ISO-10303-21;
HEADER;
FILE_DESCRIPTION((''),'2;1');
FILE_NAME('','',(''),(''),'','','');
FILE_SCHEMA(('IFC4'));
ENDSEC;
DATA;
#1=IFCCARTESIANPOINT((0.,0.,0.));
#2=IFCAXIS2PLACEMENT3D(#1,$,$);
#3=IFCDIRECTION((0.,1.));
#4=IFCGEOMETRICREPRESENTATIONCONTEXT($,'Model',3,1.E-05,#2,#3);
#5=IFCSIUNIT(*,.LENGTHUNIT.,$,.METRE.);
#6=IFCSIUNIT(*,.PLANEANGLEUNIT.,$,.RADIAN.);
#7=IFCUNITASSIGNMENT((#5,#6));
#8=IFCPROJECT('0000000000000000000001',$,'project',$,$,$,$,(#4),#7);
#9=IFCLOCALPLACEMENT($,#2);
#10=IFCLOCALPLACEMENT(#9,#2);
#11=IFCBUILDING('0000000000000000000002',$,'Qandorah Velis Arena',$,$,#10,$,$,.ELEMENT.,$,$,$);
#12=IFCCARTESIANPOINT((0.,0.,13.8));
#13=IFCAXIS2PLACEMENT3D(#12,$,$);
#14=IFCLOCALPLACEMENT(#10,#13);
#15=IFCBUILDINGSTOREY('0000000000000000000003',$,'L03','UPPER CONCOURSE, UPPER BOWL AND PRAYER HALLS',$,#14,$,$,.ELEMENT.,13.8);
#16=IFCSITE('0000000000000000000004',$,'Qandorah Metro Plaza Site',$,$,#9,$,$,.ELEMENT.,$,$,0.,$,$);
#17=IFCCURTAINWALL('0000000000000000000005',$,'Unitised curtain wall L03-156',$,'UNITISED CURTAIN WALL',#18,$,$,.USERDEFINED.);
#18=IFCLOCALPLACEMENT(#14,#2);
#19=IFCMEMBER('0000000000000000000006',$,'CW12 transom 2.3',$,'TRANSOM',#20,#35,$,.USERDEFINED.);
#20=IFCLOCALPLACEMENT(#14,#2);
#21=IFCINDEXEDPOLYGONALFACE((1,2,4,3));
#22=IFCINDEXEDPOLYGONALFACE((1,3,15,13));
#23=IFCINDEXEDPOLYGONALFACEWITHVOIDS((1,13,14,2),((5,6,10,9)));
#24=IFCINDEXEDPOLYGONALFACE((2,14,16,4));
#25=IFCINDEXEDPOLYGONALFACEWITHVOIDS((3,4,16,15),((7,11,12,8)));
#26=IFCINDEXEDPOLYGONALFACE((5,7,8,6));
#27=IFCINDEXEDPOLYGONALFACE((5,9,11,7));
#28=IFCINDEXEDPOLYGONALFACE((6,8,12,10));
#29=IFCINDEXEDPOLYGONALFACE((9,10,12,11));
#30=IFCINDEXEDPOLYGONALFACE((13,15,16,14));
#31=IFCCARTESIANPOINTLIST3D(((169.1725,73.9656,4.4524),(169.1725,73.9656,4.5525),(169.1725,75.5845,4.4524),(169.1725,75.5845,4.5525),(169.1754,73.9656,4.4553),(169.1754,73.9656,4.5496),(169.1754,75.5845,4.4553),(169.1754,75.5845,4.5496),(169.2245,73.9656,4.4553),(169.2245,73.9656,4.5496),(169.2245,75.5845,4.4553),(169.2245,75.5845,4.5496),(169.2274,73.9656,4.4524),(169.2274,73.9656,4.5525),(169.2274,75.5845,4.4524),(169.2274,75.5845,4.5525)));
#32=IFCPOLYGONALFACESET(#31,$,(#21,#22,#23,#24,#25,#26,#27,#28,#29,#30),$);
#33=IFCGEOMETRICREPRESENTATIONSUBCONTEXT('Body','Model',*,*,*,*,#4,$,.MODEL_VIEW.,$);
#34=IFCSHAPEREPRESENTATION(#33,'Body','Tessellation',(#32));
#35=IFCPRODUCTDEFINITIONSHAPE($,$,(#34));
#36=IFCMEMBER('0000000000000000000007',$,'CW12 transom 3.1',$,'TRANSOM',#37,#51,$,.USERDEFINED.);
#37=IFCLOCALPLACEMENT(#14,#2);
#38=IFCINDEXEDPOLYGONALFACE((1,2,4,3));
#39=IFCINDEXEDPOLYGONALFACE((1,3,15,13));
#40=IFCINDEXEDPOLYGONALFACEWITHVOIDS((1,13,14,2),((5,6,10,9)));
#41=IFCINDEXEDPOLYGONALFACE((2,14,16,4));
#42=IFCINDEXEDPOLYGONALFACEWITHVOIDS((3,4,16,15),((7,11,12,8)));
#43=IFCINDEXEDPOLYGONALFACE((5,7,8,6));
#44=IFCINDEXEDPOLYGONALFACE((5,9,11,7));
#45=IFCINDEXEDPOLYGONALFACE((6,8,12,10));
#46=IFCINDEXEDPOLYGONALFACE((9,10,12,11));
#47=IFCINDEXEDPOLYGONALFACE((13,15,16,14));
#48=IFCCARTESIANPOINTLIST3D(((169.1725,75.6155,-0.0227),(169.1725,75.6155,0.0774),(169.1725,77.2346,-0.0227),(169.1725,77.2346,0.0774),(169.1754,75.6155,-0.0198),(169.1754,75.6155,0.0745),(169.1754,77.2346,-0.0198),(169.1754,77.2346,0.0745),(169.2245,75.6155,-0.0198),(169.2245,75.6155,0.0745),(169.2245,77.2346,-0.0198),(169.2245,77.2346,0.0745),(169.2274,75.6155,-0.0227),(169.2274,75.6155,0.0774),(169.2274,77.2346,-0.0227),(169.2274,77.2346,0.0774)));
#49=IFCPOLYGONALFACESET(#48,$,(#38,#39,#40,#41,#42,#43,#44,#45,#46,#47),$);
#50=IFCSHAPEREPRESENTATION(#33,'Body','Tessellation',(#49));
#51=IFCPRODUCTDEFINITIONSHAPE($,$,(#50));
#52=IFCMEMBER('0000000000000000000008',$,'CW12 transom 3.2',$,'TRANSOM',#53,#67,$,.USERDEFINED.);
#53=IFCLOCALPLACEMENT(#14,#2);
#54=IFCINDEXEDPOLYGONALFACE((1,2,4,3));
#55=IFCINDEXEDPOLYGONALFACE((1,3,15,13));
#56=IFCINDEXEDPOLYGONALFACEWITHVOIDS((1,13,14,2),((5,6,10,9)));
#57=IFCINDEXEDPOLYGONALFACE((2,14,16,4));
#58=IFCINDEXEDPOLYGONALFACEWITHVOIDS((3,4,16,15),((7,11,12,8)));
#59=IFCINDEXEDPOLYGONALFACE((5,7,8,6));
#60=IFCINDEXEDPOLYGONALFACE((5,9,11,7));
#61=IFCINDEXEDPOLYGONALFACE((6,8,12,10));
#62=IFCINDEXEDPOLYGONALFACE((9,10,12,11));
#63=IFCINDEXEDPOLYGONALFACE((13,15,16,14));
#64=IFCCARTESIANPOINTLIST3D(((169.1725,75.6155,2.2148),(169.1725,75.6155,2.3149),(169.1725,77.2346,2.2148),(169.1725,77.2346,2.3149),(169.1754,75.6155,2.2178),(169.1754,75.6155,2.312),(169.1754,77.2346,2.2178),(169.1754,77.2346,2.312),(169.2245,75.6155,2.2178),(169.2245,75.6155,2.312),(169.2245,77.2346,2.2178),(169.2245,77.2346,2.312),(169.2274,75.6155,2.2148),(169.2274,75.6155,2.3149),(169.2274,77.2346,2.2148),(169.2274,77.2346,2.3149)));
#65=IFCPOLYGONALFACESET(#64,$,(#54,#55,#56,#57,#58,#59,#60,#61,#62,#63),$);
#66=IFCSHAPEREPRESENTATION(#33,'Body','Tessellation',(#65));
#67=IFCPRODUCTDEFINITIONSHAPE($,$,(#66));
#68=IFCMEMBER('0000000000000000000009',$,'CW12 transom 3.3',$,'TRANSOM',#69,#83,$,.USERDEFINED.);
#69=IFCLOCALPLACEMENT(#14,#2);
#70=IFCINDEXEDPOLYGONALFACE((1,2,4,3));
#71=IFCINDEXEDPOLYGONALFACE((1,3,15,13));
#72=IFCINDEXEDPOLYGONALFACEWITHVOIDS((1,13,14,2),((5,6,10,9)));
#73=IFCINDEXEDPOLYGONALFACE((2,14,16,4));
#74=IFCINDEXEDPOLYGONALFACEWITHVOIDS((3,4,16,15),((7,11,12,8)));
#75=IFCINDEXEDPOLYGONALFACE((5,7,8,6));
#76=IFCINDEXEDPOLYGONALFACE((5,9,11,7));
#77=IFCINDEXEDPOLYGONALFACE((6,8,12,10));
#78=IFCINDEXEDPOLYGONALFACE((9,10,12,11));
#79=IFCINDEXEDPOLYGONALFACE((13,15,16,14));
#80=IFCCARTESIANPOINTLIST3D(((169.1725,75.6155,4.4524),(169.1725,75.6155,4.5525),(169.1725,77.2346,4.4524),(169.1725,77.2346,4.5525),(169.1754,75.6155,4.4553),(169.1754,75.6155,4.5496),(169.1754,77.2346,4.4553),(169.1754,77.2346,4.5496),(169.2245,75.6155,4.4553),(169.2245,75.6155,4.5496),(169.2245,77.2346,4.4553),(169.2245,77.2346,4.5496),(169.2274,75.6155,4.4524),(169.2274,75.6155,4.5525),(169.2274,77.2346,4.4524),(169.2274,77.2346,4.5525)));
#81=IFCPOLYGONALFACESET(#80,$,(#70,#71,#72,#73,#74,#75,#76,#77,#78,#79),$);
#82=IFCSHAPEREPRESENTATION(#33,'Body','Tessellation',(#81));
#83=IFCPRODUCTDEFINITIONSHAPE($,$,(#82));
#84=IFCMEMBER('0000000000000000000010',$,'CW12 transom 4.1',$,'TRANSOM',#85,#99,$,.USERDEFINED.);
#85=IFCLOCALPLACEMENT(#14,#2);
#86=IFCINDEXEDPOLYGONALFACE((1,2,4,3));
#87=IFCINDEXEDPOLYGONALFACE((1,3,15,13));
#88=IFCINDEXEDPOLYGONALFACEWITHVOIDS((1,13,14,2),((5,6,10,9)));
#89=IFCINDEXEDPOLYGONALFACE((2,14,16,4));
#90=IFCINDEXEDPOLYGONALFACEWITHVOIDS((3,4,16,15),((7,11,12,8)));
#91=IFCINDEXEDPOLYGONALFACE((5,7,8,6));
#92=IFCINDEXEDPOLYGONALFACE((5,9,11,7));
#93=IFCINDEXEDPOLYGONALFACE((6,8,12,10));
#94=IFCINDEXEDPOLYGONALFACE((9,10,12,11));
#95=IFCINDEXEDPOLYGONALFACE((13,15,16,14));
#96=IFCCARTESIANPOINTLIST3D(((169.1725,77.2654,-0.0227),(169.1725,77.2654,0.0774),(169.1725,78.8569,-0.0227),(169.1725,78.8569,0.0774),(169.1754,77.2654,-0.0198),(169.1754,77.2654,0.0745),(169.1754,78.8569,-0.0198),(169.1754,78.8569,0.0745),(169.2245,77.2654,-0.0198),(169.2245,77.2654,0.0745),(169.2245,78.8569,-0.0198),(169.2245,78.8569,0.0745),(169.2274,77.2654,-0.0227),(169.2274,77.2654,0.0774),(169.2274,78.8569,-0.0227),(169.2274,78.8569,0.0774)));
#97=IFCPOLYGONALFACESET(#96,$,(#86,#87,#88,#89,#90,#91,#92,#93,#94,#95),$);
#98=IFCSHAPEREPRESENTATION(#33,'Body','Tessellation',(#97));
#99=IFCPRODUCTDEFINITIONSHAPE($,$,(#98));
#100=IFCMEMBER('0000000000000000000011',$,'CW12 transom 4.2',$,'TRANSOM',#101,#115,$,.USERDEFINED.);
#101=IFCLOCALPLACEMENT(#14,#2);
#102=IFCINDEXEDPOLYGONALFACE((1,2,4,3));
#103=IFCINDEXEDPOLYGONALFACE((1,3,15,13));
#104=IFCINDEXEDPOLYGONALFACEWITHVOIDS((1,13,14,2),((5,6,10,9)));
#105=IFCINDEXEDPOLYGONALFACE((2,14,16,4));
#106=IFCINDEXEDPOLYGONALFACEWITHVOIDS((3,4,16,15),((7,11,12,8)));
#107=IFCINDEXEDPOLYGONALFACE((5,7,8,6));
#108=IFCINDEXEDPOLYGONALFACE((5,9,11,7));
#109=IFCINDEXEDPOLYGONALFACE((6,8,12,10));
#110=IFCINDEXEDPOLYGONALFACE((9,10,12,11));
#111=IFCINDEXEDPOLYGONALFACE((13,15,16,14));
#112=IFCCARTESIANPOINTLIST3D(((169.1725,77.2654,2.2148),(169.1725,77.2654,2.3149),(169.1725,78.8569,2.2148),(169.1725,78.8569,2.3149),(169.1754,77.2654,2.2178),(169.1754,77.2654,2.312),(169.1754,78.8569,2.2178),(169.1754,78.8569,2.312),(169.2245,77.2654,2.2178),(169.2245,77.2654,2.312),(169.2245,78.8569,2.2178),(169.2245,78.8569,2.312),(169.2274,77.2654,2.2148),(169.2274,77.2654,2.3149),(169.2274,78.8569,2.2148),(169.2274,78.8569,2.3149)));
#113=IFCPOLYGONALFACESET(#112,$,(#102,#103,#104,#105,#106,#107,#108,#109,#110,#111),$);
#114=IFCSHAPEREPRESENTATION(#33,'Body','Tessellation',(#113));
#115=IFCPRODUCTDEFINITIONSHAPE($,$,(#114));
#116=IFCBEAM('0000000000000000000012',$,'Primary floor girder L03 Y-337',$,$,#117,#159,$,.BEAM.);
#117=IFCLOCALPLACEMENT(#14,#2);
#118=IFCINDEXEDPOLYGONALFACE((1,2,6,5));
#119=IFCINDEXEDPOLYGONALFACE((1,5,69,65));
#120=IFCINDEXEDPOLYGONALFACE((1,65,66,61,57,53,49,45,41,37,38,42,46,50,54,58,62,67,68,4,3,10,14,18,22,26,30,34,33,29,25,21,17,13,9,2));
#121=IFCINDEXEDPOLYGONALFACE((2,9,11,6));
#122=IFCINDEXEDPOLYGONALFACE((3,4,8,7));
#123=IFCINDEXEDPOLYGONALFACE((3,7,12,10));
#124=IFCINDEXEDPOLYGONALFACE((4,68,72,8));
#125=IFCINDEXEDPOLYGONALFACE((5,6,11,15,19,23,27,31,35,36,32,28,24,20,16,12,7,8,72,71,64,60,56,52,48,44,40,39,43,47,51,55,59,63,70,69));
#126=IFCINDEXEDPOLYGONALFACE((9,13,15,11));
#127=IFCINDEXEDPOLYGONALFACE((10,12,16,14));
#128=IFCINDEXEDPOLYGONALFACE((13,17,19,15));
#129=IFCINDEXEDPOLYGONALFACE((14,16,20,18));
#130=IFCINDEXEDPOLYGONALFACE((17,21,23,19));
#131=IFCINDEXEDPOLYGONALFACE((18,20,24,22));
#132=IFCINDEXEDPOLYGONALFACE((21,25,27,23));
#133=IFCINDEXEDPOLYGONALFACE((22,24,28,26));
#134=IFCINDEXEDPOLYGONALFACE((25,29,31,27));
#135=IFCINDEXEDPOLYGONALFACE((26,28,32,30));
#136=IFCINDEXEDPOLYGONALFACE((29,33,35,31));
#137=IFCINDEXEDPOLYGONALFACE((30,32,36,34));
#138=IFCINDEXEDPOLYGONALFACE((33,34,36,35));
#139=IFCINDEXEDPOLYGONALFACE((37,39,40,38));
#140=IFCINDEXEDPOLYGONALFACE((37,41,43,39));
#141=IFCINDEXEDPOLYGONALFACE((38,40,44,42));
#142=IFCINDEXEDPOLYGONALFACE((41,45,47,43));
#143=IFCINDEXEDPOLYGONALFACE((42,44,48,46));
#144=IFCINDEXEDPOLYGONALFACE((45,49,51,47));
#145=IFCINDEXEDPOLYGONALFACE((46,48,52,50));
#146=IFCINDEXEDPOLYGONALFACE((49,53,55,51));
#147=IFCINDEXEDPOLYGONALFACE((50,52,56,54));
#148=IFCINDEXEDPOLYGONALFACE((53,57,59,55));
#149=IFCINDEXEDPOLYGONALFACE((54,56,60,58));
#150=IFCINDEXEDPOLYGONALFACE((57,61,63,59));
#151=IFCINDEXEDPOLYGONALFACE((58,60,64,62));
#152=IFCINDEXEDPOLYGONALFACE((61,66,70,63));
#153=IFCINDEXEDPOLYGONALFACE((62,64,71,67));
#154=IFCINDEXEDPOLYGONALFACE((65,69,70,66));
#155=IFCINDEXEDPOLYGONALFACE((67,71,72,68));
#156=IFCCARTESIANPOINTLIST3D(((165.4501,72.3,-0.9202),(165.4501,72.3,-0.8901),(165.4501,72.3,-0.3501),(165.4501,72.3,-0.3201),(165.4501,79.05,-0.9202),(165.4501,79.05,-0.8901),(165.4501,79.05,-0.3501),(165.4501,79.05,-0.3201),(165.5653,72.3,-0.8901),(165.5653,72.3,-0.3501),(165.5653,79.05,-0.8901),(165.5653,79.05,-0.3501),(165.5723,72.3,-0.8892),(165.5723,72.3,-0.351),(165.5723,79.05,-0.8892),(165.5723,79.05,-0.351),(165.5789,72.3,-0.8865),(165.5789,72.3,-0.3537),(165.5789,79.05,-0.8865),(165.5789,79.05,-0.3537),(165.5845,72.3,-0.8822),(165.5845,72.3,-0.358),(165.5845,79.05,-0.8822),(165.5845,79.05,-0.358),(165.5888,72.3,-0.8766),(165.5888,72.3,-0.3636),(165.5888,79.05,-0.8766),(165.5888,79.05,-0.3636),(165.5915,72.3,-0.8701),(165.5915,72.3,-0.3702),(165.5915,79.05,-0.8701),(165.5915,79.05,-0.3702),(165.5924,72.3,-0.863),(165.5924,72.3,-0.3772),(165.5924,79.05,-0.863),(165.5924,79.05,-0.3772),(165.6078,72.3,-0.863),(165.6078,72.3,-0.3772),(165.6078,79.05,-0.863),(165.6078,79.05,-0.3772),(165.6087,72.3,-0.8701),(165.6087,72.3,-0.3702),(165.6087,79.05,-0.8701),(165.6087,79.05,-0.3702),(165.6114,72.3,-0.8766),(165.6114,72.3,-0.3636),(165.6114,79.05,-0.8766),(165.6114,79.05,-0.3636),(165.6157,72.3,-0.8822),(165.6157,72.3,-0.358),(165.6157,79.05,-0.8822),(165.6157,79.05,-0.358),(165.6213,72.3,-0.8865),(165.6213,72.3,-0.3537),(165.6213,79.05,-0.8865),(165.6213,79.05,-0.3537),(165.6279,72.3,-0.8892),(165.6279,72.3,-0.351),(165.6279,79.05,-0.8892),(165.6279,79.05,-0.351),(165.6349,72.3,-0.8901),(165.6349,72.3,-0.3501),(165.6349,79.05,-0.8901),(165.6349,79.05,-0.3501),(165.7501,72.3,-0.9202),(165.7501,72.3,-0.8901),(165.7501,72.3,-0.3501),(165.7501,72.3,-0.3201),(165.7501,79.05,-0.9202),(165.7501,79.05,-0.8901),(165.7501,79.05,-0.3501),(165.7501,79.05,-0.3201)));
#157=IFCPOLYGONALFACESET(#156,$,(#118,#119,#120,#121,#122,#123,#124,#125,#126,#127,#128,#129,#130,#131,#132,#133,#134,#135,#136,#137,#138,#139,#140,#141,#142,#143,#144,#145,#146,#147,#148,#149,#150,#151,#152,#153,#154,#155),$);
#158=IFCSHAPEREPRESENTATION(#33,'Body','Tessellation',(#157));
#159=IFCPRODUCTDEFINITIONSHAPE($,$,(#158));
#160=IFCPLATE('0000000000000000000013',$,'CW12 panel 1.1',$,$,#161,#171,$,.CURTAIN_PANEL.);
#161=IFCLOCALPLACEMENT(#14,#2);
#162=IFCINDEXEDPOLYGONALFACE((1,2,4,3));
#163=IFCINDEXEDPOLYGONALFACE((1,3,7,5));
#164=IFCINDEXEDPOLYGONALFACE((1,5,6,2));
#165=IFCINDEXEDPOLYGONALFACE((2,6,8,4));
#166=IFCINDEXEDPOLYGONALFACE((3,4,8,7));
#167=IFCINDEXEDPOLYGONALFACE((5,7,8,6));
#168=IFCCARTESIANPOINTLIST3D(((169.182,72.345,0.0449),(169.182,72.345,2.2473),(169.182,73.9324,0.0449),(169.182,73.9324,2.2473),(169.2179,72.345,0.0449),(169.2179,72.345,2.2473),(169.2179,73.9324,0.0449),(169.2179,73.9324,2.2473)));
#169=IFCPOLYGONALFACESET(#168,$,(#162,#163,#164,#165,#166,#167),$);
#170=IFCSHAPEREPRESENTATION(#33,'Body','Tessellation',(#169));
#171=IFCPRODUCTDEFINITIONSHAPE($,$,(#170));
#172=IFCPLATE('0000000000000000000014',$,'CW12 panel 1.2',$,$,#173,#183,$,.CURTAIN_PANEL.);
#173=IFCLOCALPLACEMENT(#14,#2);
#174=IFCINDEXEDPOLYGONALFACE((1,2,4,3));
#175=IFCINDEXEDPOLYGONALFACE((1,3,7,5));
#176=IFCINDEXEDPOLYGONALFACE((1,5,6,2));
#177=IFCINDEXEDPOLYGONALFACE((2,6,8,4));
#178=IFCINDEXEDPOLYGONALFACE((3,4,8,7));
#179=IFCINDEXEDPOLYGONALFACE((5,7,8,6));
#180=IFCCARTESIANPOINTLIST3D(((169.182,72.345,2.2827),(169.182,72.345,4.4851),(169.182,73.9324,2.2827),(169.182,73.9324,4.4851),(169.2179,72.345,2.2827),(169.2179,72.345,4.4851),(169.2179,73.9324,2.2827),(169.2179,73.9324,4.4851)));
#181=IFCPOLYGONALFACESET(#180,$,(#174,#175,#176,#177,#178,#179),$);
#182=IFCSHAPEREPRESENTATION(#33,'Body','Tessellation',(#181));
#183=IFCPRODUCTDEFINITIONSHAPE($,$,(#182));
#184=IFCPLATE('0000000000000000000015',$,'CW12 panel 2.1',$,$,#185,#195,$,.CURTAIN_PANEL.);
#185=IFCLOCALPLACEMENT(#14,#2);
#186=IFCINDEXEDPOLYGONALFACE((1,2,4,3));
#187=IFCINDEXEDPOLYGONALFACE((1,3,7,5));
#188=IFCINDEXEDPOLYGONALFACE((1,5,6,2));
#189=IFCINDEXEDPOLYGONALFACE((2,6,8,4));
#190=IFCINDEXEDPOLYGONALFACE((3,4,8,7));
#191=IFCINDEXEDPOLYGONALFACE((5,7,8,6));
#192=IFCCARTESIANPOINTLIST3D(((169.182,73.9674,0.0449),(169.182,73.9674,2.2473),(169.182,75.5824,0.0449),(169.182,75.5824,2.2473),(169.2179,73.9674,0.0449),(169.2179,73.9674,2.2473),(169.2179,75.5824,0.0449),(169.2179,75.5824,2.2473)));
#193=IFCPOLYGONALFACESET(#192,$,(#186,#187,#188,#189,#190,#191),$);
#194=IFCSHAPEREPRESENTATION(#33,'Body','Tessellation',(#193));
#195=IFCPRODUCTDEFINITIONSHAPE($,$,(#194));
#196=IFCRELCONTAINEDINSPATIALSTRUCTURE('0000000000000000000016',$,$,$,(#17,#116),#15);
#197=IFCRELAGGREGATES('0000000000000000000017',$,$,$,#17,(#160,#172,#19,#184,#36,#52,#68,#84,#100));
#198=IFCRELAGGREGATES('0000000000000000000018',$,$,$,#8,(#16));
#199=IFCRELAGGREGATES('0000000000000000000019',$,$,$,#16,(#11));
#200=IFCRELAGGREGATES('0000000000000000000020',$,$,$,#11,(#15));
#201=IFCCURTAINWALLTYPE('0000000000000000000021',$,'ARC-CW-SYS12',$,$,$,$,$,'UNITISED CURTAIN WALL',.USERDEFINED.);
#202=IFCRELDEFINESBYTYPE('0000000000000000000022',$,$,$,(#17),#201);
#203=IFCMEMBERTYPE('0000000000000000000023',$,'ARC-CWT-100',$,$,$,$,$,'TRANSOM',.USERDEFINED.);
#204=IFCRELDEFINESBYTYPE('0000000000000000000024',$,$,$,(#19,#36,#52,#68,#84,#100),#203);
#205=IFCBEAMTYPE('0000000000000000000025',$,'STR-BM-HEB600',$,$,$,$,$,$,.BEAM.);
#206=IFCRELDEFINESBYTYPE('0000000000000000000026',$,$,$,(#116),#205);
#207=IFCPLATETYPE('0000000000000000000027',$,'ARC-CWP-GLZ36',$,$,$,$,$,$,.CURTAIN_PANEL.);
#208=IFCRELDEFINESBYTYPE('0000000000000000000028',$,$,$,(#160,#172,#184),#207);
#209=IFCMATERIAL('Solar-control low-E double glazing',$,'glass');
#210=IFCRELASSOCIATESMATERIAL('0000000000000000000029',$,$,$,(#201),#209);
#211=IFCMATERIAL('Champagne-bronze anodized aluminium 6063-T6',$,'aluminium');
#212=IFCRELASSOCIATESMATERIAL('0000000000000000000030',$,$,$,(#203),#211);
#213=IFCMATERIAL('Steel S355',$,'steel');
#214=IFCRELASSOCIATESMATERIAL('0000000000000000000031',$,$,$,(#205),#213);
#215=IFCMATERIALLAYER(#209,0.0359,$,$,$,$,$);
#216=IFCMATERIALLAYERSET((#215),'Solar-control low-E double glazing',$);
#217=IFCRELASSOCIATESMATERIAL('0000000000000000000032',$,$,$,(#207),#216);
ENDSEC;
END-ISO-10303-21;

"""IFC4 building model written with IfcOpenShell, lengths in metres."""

from ifc_helpers import new_model, si_unit, direction, frame, origin, origin_2d, place, context, subcontext, project, spatial, rectangle, hollow_rectangle, i_section, extrude, material, layer, layer_set, material_profile, profile_set, type_object, element, aggregate, save


model = new_model("IFC4")

# Units and contexts
model_context = context("Model", 3, precision=1e-05, world=origin(), true_north=direction((0.0, 1.0)))
body_context = subcontext(model_context, "Body", "Model", "MODEL_VIEW")
ifc_project = project(units=[si_unit("LENGTHUNIT", "METRE"), si_unit("PLANEANGLEUNIT", "RADIAN")], contexts=[model_context])

# Site, building, storey
site_placement = place(None, origin())
site = spatial("IfcSite", under=ifc_project, at=site_placement, Name="Qandorah Metro Plaza Site", CompositionType="ELEMENT", RefElevation=0.0)
building_placement = place(site_placement, origin())
building = spatial("IfcBuilding", under=site, at=building_placement, Name="Qandorah Velis Arena", CompositionType="ELEMENT")
storey_placement = place(building_placement, frame((0.0, 0.0, 13.8)))
storey = spatial("IfcBuildingStorey", under=building, at=storey_placement, Name="L03", Description="UPPER CONCOURSE, UPPER BOWL AND PRAYER HALLS", CompositionType="ELEMENT", Elevation=13.8)

# Curtain wall
ifc_material_1 = material(Name="Solar-control low-E double glazing", Category="glass")
curtain_wall_type_1 = type_object("IfcCurtainWallType", Name="ARC-CW-SYS12", ElementType="UNITISED CURTAIN WALL", PredefinedType="USERDEFINED", material=ifc_material_1)
curtain_wall_1_placement = place(storey_placement, origin())
curtain_wall_1 = element("IfcCurtainWall", 1, at=curtain_wall_1_placement, inside=storey, type_object=curtain_wall_type_1, Name="Unitised curtain wall L03-156", ObjectType="UNITISED CURTAIN WALL", PredefinedType="USERDEFINED")
ifc_material_2 = material(Name="Champagne-bronze anodized aluminium 6063-T6", Category="aluminium")

# Members
ifc_material_profile_1 = material_profile(ifc_material_2, hollow_rectangle(XDim=0.0549, YDim=0.1001, WallThickness=0.0029, at=origin_2d()), Name="ALU TRANSOM 55x100")
ifc_profile_set_1 = profile_set([ifc_material_profile_1], Name="Champagne-bronze anodized aluminium 6063-T6")
member_type_1 = type_object("IfcMemberType", Name="ARC-CWT-100", ElementType="TRANSOM", PredefinedType="USERDEFINED", material=ifc_profile_set_1)
member_1_placement = place(storey_placement, frame((169.2, 73.9656, 4.5024), z_axis=(0.0, 1.0, 0.0), x_axis=(-1.0, 0.0, 0.0)))
member_1 = element("IfcMember", 2, at=member_1_placement, type_object=member_type_1, Name="CW12 transom 2.3", ObjectType="TRANSOM", PredefinedType="USERDEFINED", context=body_context, shape_type="SweptSolid", body=[
    extrude(hollow_rectangle(XDim=0.0549, YDim=0.1001, WallThickness=0.0029, at=origin_2d()), origin(), (0.0, 0.0, 1.0), 1.6189),
])
member_2_placement = place(storey_placement, frame((169.2, 75.6155, 0.0273), z_axis=(0.0, 1.0, 0.0), x_axis=(-1.0, 0.0, 0.0)))
member_2 = element("IfcMember", 3, at=member_2_placement, type_object=member_type_1, Name="CW12 transom 3.1", ObjectType="TRANSOM", PredefinedType="USERDEFINED", context=body_context, shape_type="SweptSolid", body=[
    extrude(hollow_rectangle(XDim=0.0549, YDim=0.1001, WallThickness=0.0029, at=origin_2d()), origin(), (0.0, 0.0, 1.0), 1.6191),
])
member_3_placement = place(storey_placement, frame((169.2, 75.6155, 2.2649), z_axis=(0.0, 1.0, 0.0), x_axis=(-1.0, 0.0, 0.0)))
member_3 = element("IfcMember", 4, at=member_3_placement, type_object=member_type_1, Name="CW12 transom 3.2", ObjectType="TRANSOM", PredefinedType="USERDEFINED", context=body_context, shape_type="SweptSolid", body=[
    extrude(hollow_rectangle(XDim=0.0549, YDim=0.1001, WallThickness=0.0029, at=origin_2d()), origin(), (0.0, 0.0, 1.0), 1.6191),
])
member_4_placement = place(storey_placement, frame((169.2, 75.6155, 4.5024), z_axis=(0.0, 1.0, 0.0), x_axis=(-1.0, 0.0, 0.0)))
member_4 = element("IfcMember", 5, at=member_4_placement, type_object=member_type_1, Name="CW12 transom 3.3", ObjectType="TRANSOM", PredefinedType="USERDEFINED", context=body_context, shape_type="SweptSolid", body=[
    extrude(hollow_rectangle(XDim=0.0549, YDim=0.1001, WallThickness=0.0029, at=origin_2d()), origin(), (0.0, 0.0, 1.0), 1.6191),
])
member_5_placement = place(storey_placement, frame((169.2, 77.2654, 0.0273), z_axis=(0.0, 1.0, 0.0), x_axis=(-1.0, 0.0, 0.0)))
member_5 = element("IfcMember", 6, at=member_5_placement, type_object=member_type_1, Name="CW12 transom 4.1", ObjectType="TRANSOM", PredefinedType="USERDEFINED", context=body_context, shape_type="SweptSolid", body=[
    extrude(hollow_rectangle(XDim=0.0549, YDim=0.1001, WallThickness=0.0029, at=origin_2d()), origin(), (0.0, 0.0, 1.0), 1.5916),
])
member_6_placement = place(storey_placement, frame((169.2, 77.2654, 2.2649), z_axis=(0.0, 1.0, 0.0), x_axis=(-1.0, 0.0, 0.0)))
member_6 = element("IfcMember", 7, at=member_6_placement, type_object=member_type_1, Name="CW12 transom 4.2", ObjectType="TRANSOM", PredefinedType="USERDEFINED", context=body_context, shape_type="SweptSolid", body=[
    extrude(hollow_rectangle(XDim=0.0549, YDim=0.1001, WallThickness=0.0029, at=origin_2d()), origin(), (0.0, 0.0, 1.0), 1.5916),
])

# Beam
ifc_material_3 = material(Name="Steel S355", Category="steel")
ifc_material_profile_2 = material_profile(ifc_material_3, i_section(OverallWidth=0.3, OverallDepth=0.6001, WebThickness=0.0154, FlangeThickness=0.03, FilletRadius=0.0271, at=origin_2d()), Name="HEB 600")
ifc_profile_set_2 = profile_set([ifc_material_profile_2], Name="Steel S355")
beam_type = type_object("IfcBeamType", Name="STR-BM-HEB600", PredefinedType="BEAM", material=ifc_profile_set_2)
beam_placement = place(storey_placement, frame((165.6001, 72.3, -0.6201), z_axis=(0.0, 1.0, 0.0), x_axis=(-1.0, 0.0, 0.0)))
element("IfcBeam", 8, at=beam_placement, inside=storey, type_object=beam_type, Name="Primary floor girder L03 Y-337", PredefinedType="BEAM", context=body_context, shape_type="SweptSolid", body=[
    extrude(i_section(OverallWidth=0.3, OverallDepth=0.6001, WebThickness=0.0154, FlangeThickness=0.03, FilletRadius=0.0271, at=origin_2d()), origin(), (0.0, 0.0, 1.0), 6.75),
])

# Plates
ifc_layer_1 = layer(ifc_material_1, 0.0359)
ifc_layer_set_1 = layer_set([ifc_layer_1], Name="Solar-control low-E double glazing")
plate_type_1 = type_object("IfcPlateType", Name="ARC-CWP-GLZ36", PredefinedType="CURTAIN_PANEL", material=ifc_layer_set_1)
plate_1_placement = place(storey_placement, frame((169.2, 73.1387, 0.0449), z_axis=(0.0, 0.0, 1.0), x_axis=(0.0, 1.0, 0.0)))
plate_1 = element("IfcPlate", 9, at=plate_1_placement, type_object=plate_type_1, Name="CW12 panel 1.1", PredefinedType="CURTAIN_PANEL", context=body_context, shape_type="SweptSolid", body=[
    extrude(rectangle(XDim=1.5874, YDim=0.0359, at=origin_2d()), origin(), (0.0, 0.0, 1.0), 2.2024),
])
plate_2_placement = place(storey_placement, frame((169.2, 73.1387, 2.2827), z_axis=(0.0, 0.0, 1.0), x_axis=(0.0, 1.0, 0.0)))
plate_2 = element("IfcPlate", 10, at=plate_2_placement, type_object=plate_type_1, Name="CW12 panel 1.2", PredefinedType="CURTAIN_PANEL", context=body_context, shape_type="SweptSolid", body=[
    extrude(rectangle(XDim=1.5874, YDim=0.0359, at=origin_2d()), origin(), (0.0, 0.0, 1.0), 2.2024),
])
plate_3_placement = place(storey_placement, frame((169.2, 74.7749, 0.0449), z_axis=(0.0, 0.0, 1.0), x_axis=(0.0, 1.0, 0.0)))
plate_3 = element("IfcPlate", 11, at=plate_3_placement, type_object=plate_type_1, Name="CW12 panel 2.1", PredefinedType="CURTAIN_PANEL", context=body_context, shape_type="SweptSolid", body=[
    extrude(rectangle(XDim=1.615, YDim=0.0359, at=origin_2d()), origin(), (0.0, 0.0, 1.0), 2.2024),
])
aggregate(curtain_wall_1, [plate_1, plate_2, member_1, plate_3, member_2, member_3, member_4, member_5, member_6])

save(model, "model.ifc")
